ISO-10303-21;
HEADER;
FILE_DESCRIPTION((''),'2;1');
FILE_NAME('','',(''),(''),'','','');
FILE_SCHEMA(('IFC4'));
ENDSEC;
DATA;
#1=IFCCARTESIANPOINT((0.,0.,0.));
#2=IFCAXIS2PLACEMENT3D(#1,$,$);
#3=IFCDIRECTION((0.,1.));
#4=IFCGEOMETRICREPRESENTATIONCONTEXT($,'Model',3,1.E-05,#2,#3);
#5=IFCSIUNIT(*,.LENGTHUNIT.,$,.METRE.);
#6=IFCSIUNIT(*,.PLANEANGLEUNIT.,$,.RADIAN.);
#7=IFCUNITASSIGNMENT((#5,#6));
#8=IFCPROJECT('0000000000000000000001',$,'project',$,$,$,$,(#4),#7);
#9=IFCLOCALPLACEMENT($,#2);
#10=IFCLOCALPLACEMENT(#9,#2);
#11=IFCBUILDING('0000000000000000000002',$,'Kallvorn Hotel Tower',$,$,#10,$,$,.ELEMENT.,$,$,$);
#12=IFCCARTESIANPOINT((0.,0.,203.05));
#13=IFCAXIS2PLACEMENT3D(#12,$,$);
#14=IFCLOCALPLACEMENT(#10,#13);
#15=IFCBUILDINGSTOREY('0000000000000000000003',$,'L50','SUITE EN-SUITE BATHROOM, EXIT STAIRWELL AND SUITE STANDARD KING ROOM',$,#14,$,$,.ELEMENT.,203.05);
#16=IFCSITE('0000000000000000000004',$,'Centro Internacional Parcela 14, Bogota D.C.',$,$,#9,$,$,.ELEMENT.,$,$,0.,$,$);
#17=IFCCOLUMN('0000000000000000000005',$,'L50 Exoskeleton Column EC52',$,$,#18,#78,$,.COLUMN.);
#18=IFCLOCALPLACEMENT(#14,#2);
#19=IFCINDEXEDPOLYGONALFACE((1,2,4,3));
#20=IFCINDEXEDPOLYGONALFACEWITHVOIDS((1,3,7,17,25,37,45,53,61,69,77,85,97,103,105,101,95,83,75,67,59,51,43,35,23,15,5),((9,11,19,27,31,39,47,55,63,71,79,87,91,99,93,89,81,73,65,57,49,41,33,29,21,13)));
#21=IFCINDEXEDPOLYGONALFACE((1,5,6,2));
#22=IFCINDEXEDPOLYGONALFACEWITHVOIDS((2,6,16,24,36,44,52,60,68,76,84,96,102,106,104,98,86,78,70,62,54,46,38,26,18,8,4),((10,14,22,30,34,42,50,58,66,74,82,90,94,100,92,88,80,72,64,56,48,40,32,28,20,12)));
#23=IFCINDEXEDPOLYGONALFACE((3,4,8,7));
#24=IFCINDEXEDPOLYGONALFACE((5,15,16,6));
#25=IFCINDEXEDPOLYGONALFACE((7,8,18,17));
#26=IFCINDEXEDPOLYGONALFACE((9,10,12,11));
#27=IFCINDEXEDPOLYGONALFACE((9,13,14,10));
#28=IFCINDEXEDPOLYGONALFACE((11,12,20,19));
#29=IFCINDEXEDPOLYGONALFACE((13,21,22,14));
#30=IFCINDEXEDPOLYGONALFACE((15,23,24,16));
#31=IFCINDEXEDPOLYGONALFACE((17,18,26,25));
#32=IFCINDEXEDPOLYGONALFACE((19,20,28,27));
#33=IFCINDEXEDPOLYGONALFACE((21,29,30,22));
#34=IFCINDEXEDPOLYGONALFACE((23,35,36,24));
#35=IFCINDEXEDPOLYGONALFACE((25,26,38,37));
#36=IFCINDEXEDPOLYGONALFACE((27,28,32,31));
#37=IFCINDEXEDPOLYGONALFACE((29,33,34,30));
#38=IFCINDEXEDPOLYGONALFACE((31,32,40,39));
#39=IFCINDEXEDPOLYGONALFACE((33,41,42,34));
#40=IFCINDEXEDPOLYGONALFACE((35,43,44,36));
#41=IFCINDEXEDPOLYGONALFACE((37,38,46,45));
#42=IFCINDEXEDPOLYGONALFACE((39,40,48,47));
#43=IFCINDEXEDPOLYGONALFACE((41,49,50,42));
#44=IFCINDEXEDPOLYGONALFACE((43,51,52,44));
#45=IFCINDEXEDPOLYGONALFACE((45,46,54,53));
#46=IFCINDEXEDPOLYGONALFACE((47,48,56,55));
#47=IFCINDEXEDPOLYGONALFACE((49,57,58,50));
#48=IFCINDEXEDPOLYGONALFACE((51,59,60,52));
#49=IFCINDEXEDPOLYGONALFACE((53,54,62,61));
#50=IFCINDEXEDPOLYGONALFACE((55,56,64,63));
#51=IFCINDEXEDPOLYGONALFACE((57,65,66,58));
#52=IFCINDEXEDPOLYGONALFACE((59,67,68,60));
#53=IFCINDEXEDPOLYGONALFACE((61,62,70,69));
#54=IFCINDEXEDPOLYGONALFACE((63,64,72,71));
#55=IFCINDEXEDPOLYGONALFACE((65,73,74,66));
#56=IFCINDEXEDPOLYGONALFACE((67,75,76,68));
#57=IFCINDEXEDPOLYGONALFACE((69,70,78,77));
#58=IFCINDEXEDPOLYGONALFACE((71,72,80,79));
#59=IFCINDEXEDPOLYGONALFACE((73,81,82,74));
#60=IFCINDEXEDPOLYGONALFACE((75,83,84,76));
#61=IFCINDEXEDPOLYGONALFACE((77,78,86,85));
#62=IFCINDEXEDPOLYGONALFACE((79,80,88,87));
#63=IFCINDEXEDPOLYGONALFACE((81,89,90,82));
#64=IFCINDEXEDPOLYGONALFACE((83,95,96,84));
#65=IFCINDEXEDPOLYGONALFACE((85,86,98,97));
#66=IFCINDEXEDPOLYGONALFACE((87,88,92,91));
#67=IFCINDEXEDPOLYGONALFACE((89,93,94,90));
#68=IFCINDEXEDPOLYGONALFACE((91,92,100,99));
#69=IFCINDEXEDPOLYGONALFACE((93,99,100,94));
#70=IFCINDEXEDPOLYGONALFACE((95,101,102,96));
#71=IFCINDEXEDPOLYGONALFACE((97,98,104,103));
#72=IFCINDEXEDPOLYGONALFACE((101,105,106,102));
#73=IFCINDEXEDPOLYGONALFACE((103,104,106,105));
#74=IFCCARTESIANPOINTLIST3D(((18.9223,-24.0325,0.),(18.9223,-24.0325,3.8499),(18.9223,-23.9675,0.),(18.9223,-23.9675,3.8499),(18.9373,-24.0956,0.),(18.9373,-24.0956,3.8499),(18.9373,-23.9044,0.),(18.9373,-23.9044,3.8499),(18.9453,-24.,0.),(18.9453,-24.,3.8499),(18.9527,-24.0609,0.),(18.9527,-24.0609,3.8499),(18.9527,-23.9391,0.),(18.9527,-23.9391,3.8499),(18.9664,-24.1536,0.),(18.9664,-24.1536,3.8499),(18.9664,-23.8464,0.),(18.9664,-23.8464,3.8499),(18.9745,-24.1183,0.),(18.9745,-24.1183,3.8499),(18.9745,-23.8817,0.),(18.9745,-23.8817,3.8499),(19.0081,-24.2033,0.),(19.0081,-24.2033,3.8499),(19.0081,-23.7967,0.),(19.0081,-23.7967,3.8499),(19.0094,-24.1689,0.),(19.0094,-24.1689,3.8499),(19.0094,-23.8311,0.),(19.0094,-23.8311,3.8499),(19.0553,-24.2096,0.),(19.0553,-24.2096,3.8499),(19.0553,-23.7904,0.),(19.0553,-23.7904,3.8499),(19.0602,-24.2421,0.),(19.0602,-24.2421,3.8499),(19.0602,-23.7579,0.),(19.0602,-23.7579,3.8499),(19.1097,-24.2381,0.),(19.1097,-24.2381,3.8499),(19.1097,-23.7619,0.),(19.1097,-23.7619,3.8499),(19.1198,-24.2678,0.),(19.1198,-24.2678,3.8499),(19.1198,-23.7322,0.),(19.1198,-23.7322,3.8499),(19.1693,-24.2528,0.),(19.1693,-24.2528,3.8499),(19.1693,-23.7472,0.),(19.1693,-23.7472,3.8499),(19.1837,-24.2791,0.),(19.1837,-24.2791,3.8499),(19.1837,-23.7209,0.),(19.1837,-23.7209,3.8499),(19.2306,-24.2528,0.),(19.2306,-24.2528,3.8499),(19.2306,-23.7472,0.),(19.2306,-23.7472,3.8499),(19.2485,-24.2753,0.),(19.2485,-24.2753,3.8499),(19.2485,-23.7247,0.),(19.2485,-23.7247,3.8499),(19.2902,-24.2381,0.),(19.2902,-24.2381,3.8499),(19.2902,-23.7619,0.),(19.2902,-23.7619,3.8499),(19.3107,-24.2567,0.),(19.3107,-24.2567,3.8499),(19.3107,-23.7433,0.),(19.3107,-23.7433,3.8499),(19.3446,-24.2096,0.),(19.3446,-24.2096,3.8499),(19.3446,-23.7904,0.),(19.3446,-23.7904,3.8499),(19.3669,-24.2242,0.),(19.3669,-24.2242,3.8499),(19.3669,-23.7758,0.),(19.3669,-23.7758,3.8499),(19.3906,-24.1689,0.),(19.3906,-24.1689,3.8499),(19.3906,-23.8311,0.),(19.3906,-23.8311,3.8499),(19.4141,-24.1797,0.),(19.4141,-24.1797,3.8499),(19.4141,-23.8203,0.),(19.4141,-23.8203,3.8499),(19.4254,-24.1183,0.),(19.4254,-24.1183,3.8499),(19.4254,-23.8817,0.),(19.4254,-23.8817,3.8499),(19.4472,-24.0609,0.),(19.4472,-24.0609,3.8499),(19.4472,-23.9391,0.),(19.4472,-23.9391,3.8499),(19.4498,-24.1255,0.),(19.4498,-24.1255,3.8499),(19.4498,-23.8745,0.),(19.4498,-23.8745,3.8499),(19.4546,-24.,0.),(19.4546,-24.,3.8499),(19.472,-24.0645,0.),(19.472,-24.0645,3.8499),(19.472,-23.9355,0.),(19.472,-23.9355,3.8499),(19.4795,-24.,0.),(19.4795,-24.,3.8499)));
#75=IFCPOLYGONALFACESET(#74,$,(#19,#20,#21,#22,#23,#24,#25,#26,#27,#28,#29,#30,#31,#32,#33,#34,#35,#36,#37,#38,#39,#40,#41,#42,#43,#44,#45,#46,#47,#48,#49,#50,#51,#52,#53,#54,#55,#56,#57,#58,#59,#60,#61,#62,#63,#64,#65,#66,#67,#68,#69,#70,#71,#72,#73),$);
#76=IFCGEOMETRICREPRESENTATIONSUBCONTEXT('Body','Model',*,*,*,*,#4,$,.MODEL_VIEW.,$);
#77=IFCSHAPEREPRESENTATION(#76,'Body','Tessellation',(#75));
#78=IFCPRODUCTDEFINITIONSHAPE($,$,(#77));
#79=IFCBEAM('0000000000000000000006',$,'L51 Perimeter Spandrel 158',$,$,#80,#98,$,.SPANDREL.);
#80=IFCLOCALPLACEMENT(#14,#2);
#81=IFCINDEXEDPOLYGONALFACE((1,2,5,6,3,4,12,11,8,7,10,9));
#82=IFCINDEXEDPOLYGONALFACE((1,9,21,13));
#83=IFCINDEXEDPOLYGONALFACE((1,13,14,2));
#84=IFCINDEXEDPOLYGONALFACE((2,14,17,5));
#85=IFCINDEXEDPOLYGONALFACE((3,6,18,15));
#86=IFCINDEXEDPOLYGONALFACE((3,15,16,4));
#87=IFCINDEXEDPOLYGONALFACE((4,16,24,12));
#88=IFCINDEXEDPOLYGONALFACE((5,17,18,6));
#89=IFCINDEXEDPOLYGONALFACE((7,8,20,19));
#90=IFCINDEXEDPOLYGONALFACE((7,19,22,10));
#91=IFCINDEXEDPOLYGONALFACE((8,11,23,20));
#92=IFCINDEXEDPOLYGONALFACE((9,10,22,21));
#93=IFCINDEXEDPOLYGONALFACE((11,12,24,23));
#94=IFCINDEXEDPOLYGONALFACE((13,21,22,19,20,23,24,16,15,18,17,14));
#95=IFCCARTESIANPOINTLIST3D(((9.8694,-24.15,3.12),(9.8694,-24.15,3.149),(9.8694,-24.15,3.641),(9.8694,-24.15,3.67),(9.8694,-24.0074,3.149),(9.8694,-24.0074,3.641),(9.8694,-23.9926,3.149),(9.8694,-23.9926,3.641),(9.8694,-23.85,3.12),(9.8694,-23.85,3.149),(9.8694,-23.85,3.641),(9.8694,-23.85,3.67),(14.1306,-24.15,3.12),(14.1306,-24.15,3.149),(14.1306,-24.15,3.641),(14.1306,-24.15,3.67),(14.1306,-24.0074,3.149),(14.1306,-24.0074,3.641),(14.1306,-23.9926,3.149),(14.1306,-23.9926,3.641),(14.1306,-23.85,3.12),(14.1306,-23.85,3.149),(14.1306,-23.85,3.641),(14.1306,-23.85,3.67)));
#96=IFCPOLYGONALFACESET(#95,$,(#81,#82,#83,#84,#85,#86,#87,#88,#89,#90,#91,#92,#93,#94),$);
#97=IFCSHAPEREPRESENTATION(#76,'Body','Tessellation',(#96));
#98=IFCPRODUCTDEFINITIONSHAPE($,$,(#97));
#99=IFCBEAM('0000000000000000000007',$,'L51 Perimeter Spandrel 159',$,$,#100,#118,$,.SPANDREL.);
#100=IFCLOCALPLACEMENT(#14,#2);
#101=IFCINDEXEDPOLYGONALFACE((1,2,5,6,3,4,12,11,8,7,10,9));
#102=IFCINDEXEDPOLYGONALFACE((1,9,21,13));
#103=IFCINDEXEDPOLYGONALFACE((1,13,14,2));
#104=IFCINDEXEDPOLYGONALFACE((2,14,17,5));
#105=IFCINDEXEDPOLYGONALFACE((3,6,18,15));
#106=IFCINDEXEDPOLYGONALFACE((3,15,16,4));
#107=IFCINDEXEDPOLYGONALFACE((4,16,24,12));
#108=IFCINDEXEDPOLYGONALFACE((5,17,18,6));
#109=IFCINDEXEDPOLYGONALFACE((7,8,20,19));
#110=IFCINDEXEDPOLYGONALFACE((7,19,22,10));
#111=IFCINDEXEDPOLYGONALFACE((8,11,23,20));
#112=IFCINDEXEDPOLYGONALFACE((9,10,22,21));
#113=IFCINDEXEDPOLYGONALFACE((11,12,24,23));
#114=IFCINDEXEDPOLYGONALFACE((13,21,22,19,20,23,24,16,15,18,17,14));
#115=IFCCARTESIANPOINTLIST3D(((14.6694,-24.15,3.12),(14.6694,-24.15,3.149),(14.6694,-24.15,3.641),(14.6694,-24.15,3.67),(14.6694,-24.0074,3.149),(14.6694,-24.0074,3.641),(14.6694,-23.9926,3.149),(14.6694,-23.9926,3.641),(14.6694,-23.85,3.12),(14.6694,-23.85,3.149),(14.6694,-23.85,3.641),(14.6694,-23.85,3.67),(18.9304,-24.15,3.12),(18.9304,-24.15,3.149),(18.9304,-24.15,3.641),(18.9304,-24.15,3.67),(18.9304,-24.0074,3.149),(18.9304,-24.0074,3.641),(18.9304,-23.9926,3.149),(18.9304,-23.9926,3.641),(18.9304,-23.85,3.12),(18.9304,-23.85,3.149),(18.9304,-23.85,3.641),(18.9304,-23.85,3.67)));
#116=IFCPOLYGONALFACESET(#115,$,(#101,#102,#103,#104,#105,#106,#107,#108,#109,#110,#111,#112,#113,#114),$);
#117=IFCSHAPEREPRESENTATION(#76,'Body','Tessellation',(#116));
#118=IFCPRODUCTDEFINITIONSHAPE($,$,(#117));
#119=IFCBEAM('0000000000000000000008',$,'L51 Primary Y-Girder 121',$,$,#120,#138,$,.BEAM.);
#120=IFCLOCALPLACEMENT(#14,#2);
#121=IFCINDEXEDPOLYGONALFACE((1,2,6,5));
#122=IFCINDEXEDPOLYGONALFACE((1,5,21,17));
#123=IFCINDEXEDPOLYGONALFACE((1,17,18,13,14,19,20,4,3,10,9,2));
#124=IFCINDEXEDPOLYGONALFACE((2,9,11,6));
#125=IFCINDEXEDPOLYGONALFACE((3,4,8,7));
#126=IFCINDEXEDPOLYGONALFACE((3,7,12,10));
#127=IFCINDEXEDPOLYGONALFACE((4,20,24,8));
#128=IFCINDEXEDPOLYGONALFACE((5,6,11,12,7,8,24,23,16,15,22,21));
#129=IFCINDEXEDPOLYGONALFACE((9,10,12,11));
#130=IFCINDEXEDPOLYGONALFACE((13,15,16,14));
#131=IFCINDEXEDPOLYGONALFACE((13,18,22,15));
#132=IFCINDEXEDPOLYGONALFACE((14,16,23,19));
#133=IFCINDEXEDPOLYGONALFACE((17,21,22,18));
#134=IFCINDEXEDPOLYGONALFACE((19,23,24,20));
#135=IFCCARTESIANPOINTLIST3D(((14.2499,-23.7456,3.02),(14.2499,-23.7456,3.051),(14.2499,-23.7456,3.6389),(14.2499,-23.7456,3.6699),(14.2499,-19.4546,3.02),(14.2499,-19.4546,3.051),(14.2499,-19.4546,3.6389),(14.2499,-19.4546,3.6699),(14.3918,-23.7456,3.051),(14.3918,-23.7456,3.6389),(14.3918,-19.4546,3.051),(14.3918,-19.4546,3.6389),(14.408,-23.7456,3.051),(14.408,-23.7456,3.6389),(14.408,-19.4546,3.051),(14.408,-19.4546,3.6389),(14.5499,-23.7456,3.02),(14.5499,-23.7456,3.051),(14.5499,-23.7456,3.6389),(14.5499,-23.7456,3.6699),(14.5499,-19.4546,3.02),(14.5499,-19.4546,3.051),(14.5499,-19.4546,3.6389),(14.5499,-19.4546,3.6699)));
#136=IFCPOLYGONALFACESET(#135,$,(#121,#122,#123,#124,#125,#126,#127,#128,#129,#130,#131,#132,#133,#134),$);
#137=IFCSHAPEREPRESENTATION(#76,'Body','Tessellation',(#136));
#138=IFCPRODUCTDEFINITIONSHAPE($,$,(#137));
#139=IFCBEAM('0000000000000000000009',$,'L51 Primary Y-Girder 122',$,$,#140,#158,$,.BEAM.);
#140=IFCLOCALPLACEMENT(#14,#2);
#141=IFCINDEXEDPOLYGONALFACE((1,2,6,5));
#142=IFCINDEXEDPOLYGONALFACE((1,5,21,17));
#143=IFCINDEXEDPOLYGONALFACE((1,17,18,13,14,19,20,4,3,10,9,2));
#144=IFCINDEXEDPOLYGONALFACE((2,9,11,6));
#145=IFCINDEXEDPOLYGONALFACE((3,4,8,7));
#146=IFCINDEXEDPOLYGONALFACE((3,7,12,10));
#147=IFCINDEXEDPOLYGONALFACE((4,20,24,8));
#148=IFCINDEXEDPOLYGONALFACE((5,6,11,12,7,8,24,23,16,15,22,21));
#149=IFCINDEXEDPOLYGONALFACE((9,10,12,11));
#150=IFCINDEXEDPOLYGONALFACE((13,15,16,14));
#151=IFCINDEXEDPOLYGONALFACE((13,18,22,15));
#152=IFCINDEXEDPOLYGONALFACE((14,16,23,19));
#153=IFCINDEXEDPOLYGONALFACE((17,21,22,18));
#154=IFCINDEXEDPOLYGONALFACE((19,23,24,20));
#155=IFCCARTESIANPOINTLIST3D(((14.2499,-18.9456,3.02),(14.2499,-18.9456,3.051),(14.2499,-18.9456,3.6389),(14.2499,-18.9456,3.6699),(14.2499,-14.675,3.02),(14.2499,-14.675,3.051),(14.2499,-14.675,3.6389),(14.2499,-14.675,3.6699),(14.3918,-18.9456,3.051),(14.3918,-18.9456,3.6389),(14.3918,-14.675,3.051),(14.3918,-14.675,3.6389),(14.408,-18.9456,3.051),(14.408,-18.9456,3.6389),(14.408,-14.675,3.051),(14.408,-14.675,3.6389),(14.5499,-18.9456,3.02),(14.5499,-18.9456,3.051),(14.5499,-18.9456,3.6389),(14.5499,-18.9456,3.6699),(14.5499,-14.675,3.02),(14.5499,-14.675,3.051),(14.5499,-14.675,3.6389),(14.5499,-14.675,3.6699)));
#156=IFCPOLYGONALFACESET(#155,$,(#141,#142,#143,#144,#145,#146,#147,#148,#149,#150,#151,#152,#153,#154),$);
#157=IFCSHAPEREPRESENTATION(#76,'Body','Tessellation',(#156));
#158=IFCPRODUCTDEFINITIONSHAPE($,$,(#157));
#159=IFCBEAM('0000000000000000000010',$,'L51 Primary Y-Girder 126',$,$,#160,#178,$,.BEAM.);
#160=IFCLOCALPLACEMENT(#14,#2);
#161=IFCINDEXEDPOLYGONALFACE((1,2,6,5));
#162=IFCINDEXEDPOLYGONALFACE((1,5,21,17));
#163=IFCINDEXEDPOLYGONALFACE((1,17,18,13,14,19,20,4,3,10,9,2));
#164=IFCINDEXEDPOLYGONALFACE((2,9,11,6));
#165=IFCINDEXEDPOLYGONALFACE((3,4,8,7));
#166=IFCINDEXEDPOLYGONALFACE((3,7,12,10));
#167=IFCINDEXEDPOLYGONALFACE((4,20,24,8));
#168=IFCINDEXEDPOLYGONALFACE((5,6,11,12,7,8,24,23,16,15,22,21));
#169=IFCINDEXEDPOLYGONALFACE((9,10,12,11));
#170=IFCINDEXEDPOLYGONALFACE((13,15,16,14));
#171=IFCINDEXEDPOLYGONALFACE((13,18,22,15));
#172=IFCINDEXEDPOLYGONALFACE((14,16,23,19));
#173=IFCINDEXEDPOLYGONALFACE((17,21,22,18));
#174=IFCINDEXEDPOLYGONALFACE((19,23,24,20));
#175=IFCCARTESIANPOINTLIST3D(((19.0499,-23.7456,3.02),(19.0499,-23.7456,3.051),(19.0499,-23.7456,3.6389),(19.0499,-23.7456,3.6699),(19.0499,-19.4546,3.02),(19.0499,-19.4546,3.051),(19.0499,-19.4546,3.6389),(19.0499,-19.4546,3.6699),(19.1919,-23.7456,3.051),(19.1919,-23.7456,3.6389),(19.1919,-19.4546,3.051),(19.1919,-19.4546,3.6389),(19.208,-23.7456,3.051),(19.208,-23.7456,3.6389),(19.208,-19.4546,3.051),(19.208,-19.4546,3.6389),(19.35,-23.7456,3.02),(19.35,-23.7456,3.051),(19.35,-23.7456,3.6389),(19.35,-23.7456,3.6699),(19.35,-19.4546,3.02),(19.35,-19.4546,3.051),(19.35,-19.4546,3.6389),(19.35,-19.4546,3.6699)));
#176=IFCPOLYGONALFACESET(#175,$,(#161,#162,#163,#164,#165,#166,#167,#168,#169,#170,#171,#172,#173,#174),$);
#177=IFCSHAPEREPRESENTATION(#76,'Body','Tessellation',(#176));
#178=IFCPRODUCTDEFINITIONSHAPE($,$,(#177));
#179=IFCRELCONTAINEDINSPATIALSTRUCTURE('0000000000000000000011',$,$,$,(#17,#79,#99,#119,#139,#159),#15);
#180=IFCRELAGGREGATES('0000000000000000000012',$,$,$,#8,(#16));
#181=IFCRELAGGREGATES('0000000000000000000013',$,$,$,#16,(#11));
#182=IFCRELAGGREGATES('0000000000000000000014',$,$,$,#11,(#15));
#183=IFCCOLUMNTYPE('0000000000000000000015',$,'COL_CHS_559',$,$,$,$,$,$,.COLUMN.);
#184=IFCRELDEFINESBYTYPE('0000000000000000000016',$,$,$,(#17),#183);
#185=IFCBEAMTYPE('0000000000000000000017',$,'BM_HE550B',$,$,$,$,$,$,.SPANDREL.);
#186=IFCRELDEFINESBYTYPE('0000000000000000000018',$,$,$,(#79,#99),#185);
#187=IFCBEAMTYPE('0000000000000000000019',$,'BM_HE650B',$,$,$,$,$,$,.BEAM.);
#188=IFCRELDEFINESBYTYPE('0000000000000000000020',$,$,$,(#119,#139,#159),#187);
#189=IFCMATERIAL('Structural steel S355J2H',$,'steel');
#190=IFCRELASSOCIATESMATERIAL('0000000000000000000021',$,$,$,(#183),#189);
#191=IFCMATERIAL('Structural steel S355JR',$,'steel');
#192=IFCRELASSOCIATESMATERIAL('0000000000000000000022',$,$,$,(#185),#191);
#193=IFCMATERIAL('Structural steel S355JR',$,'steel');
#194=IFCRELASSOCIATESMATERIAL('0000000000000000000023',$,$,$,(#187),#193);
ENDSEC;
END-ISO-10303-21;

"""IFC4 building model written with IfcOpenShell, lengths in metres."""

from ifc_helpers import new_model, si_unit, direction, frame, origin, origin_2d, place, context, subcontext, project, spatial, hollow_circle, i_section, extrude, material, material_profile, profile_set, type_object, element, save


model = new_model("IFC4")

# Units and contexts
model_context = context("Model", 3, precision=1e-05, world=origin(), true_north=direction((0.0, 1.0)))
body_context = subcontext(model_context, "Body", "Model", "MODEL_VIEW")
ifc_project = project(units=[si_unit("LENGTHUNIT", "METRE"), si_unit("PLANEANGLEUNIT", "RADIAN")], contexts=[model_context])

# Site, building, storey
site_placement = place(None, origin())
site = spatial("IfcSite", under=ifc_project, at=site_placement, Name="Centro Internacional Parcela 14, Bogota D.C.", CompositionType="ELEMENT", RefElevation=0.0)
building_placement = place(site_placement, origin())
building = spatial("IfcBuilding", under=site, at=building_placement, Name="Kallvorn Hotel Tower", CompositionType="ELEMENT")
storey_placement = place(building_placement, frame((0.0, 0.0, 203.05)))
storey = spatial("IfcBuildingStorey", under=building, at=storey_placement, Name="L50", Description="SUITE EN-SUITE BATHROOM, EXIT STAIRWELL AND SUITE STANDARD KING ROOM", CompositionType="ELEMENT", Elevation=203.05)

# Column
ifc_material_1 = material(Name="Structural steel S355J2H", Category="steel")
ifc_material_profile_1 = material_profile(ifc_material_1, hollow_circle(Radius=0.2795, WallThickness=0.0249, at=origin_2d()), Name="CHS 559x25")
ifc_profile_set_1 = profile_set([ifc_material_profile_1], Name="Structural steel S355J2H")
column_type = type_object("IfcColumnType", Name="COL_CHS_559", PredefinedType="COLUMN", material=ifc_profile_set_1)
for number, where, z_axis, x_axis, name in (
    (1, (19.2, -24.0, 0.0), (0.0, 0.0, 1.0), (1.0, 0.0, 0.0), "L50 Exoskeleton Column EC52"),
):
    element("IfcColumn", number, at=place(storey_placement, frame(where, z_axis=z_axis, x_axis=x_axis)), inside=storey, type_object=column_type, Name=name, PredefinedType="COLUMN", context=body_context, shape_type="SweptSolid", body=[
        extrude(hollow_circle(Radius=0.2795, WallThickness=0.0249, at=origin_2d()), origin(), (0.0, 0.0, 1.0), 3.8499),
    ])

# Beams
ifc_material_2 = material(Name="Structural steel S355JR", Category="steel")
ifc_material_profile_2 = material_profile(ifc_material_2, i_section(OverallWidth=0.3, OverallDepth=0.55, WebThickness=0.0149, FlangeThickness=0.0291, at=origin_2d()), Name="HE 550 B")
ifc_profile_set_2 = profile_set([ifc_material_profile_2], Name="Structural steel S355JR")
beam_type_1 = type_object("IfcBeamType", Name="BM_HE550B", PredefinedType="SPANDREL", material=ifc_profile_set_2)
beam_1_placement = place(storey_placement, frame((9.8694, -24.0, 3.395), z_axis=(1.0, 0.0, 0.0), x_axis=(0.0, 1.0, 0.0)))
element("IfcBeam", 2, at=beam_1_placement, inside=storey, type_object=beam_type_1, Name="L51 Perimeter Spandrel 158", PredefinedType="SPANDREL", context=body_context, shape_type="SweptSolid", body=[
    extrude(i_section(OverallWidth=0.3, OverallDepth=0.55, WebThickness=0.0149, FlangeThickness=0.0291, at=origin_2d()), origin(), (0.0, 0.0, 1.0), 4.2612),
])
beam_2_placement = place(storey_placement, frame((14.6694, -24.0, 3.395), z_axis=(1.0, 0.0, 0.0), x_axis=(0.0, 1.0, 0.0)))
element("IfcBeam", 3, at=beam_2_placement, inside=storey, type_object=beam_type_1, Name="L51 Perimeter Spandrel 159", PredefinedType="SPANDREL", context=body_context, shape_type="SweptSolid", body=[
    extrude(i_section(OverallWidth=0.3, OverallDepth=0.55, WebThickness=0.0149, FlangeThickness=0.0291, at=origin_2d()), origin(), (0.0, 0.0, 1.0), 4.261),
])
ifc_material_3 = material(Name="Structural steel S355JR", Category="steel")
ifc_material_profile_3 = material_profile(ifc_material_3, i_section(OverallWidth=0.3, OverallDepth=0.6499, WebThickness=0.0161, FlangeThickness=0.031, at=origin_2d()), Name="HE 650 B")
ifc_profile_set_3 = profile_set([ifc_material_profile_3], Name="Structural steel S355JR")
beam_type_2 = type_object("IfcBeamType", Name="BM_HE650B", PredefinedType="BEAM", material=ifc_profile_set_3)
beam_3_placement = place(storey_placement, frame((14.3999, -23.7456, 3.345), z_axis=(0.0, 1.0, 0.0), x_axis=(-1.0, 0.0, 0.0)))
element("IfcBeam", 4, at=beam_3_placement, inside=storey, type_object=beam_type_2, Name="L51 Primary Y-Girder 121", PredefinedType="BEAM", context=body_context, shape_type="SweptSolid", body=[
    extrude(i_section(OverallWidth=0.3, OverallDepth=0.6499, WebThickness=0.0161, FlangeThickness=0.031, at=origin_2d()), origin(), (0.0, 0.0, 1.0), 4.291),
])
beam_4_placement = place(storey_placement, frame((14.3999, -18.9456, 3.345), z_axis=(0.0, 1.0, 0.0), x_axis=(-1.0, 0.0, 0.0)))
element("IfcBeam", 5, at=beam_4_placement, inside=storey, type_object=beam_type_2, Name="L51 Primary Y-Girder 122", PredefinedType="BEAM", context=body_context, shape_type="SweptSolid", body=[
    extrude(i_section(OverallWidth=0.3, OverallDepth=0.6499, WebThickness=0.0161, FlangeThickness=0.031, at=origin_2d()), origin(), (0.0, 0.0, 1.0), 4.2705),
])
beam_5_placement = place(storey_placement, frame((19.2, -23.7456, 3.345), z_axis=(0.0, 1.0, 0.0), x_axis=(-1.0, 0.0, 0.0)))
element("IfcBeam", 6, at=beam_5_placement, inside=storey, type_object=beam_type_2, Name="L51 Primary Y-Girder 126", PredefinedType="BEAM", context=body_context, shape_type="SweptSolid", body=[
    extrude(i_section(OverallWidth=0.3, OverallDepth=0.6499, WebThickness=0.0161, FlangeThickness=0.031, at=origin_2d()), origin(), (0.0, 0.0, 1.0), 4.291),
])

save(model, "model.ifc")
